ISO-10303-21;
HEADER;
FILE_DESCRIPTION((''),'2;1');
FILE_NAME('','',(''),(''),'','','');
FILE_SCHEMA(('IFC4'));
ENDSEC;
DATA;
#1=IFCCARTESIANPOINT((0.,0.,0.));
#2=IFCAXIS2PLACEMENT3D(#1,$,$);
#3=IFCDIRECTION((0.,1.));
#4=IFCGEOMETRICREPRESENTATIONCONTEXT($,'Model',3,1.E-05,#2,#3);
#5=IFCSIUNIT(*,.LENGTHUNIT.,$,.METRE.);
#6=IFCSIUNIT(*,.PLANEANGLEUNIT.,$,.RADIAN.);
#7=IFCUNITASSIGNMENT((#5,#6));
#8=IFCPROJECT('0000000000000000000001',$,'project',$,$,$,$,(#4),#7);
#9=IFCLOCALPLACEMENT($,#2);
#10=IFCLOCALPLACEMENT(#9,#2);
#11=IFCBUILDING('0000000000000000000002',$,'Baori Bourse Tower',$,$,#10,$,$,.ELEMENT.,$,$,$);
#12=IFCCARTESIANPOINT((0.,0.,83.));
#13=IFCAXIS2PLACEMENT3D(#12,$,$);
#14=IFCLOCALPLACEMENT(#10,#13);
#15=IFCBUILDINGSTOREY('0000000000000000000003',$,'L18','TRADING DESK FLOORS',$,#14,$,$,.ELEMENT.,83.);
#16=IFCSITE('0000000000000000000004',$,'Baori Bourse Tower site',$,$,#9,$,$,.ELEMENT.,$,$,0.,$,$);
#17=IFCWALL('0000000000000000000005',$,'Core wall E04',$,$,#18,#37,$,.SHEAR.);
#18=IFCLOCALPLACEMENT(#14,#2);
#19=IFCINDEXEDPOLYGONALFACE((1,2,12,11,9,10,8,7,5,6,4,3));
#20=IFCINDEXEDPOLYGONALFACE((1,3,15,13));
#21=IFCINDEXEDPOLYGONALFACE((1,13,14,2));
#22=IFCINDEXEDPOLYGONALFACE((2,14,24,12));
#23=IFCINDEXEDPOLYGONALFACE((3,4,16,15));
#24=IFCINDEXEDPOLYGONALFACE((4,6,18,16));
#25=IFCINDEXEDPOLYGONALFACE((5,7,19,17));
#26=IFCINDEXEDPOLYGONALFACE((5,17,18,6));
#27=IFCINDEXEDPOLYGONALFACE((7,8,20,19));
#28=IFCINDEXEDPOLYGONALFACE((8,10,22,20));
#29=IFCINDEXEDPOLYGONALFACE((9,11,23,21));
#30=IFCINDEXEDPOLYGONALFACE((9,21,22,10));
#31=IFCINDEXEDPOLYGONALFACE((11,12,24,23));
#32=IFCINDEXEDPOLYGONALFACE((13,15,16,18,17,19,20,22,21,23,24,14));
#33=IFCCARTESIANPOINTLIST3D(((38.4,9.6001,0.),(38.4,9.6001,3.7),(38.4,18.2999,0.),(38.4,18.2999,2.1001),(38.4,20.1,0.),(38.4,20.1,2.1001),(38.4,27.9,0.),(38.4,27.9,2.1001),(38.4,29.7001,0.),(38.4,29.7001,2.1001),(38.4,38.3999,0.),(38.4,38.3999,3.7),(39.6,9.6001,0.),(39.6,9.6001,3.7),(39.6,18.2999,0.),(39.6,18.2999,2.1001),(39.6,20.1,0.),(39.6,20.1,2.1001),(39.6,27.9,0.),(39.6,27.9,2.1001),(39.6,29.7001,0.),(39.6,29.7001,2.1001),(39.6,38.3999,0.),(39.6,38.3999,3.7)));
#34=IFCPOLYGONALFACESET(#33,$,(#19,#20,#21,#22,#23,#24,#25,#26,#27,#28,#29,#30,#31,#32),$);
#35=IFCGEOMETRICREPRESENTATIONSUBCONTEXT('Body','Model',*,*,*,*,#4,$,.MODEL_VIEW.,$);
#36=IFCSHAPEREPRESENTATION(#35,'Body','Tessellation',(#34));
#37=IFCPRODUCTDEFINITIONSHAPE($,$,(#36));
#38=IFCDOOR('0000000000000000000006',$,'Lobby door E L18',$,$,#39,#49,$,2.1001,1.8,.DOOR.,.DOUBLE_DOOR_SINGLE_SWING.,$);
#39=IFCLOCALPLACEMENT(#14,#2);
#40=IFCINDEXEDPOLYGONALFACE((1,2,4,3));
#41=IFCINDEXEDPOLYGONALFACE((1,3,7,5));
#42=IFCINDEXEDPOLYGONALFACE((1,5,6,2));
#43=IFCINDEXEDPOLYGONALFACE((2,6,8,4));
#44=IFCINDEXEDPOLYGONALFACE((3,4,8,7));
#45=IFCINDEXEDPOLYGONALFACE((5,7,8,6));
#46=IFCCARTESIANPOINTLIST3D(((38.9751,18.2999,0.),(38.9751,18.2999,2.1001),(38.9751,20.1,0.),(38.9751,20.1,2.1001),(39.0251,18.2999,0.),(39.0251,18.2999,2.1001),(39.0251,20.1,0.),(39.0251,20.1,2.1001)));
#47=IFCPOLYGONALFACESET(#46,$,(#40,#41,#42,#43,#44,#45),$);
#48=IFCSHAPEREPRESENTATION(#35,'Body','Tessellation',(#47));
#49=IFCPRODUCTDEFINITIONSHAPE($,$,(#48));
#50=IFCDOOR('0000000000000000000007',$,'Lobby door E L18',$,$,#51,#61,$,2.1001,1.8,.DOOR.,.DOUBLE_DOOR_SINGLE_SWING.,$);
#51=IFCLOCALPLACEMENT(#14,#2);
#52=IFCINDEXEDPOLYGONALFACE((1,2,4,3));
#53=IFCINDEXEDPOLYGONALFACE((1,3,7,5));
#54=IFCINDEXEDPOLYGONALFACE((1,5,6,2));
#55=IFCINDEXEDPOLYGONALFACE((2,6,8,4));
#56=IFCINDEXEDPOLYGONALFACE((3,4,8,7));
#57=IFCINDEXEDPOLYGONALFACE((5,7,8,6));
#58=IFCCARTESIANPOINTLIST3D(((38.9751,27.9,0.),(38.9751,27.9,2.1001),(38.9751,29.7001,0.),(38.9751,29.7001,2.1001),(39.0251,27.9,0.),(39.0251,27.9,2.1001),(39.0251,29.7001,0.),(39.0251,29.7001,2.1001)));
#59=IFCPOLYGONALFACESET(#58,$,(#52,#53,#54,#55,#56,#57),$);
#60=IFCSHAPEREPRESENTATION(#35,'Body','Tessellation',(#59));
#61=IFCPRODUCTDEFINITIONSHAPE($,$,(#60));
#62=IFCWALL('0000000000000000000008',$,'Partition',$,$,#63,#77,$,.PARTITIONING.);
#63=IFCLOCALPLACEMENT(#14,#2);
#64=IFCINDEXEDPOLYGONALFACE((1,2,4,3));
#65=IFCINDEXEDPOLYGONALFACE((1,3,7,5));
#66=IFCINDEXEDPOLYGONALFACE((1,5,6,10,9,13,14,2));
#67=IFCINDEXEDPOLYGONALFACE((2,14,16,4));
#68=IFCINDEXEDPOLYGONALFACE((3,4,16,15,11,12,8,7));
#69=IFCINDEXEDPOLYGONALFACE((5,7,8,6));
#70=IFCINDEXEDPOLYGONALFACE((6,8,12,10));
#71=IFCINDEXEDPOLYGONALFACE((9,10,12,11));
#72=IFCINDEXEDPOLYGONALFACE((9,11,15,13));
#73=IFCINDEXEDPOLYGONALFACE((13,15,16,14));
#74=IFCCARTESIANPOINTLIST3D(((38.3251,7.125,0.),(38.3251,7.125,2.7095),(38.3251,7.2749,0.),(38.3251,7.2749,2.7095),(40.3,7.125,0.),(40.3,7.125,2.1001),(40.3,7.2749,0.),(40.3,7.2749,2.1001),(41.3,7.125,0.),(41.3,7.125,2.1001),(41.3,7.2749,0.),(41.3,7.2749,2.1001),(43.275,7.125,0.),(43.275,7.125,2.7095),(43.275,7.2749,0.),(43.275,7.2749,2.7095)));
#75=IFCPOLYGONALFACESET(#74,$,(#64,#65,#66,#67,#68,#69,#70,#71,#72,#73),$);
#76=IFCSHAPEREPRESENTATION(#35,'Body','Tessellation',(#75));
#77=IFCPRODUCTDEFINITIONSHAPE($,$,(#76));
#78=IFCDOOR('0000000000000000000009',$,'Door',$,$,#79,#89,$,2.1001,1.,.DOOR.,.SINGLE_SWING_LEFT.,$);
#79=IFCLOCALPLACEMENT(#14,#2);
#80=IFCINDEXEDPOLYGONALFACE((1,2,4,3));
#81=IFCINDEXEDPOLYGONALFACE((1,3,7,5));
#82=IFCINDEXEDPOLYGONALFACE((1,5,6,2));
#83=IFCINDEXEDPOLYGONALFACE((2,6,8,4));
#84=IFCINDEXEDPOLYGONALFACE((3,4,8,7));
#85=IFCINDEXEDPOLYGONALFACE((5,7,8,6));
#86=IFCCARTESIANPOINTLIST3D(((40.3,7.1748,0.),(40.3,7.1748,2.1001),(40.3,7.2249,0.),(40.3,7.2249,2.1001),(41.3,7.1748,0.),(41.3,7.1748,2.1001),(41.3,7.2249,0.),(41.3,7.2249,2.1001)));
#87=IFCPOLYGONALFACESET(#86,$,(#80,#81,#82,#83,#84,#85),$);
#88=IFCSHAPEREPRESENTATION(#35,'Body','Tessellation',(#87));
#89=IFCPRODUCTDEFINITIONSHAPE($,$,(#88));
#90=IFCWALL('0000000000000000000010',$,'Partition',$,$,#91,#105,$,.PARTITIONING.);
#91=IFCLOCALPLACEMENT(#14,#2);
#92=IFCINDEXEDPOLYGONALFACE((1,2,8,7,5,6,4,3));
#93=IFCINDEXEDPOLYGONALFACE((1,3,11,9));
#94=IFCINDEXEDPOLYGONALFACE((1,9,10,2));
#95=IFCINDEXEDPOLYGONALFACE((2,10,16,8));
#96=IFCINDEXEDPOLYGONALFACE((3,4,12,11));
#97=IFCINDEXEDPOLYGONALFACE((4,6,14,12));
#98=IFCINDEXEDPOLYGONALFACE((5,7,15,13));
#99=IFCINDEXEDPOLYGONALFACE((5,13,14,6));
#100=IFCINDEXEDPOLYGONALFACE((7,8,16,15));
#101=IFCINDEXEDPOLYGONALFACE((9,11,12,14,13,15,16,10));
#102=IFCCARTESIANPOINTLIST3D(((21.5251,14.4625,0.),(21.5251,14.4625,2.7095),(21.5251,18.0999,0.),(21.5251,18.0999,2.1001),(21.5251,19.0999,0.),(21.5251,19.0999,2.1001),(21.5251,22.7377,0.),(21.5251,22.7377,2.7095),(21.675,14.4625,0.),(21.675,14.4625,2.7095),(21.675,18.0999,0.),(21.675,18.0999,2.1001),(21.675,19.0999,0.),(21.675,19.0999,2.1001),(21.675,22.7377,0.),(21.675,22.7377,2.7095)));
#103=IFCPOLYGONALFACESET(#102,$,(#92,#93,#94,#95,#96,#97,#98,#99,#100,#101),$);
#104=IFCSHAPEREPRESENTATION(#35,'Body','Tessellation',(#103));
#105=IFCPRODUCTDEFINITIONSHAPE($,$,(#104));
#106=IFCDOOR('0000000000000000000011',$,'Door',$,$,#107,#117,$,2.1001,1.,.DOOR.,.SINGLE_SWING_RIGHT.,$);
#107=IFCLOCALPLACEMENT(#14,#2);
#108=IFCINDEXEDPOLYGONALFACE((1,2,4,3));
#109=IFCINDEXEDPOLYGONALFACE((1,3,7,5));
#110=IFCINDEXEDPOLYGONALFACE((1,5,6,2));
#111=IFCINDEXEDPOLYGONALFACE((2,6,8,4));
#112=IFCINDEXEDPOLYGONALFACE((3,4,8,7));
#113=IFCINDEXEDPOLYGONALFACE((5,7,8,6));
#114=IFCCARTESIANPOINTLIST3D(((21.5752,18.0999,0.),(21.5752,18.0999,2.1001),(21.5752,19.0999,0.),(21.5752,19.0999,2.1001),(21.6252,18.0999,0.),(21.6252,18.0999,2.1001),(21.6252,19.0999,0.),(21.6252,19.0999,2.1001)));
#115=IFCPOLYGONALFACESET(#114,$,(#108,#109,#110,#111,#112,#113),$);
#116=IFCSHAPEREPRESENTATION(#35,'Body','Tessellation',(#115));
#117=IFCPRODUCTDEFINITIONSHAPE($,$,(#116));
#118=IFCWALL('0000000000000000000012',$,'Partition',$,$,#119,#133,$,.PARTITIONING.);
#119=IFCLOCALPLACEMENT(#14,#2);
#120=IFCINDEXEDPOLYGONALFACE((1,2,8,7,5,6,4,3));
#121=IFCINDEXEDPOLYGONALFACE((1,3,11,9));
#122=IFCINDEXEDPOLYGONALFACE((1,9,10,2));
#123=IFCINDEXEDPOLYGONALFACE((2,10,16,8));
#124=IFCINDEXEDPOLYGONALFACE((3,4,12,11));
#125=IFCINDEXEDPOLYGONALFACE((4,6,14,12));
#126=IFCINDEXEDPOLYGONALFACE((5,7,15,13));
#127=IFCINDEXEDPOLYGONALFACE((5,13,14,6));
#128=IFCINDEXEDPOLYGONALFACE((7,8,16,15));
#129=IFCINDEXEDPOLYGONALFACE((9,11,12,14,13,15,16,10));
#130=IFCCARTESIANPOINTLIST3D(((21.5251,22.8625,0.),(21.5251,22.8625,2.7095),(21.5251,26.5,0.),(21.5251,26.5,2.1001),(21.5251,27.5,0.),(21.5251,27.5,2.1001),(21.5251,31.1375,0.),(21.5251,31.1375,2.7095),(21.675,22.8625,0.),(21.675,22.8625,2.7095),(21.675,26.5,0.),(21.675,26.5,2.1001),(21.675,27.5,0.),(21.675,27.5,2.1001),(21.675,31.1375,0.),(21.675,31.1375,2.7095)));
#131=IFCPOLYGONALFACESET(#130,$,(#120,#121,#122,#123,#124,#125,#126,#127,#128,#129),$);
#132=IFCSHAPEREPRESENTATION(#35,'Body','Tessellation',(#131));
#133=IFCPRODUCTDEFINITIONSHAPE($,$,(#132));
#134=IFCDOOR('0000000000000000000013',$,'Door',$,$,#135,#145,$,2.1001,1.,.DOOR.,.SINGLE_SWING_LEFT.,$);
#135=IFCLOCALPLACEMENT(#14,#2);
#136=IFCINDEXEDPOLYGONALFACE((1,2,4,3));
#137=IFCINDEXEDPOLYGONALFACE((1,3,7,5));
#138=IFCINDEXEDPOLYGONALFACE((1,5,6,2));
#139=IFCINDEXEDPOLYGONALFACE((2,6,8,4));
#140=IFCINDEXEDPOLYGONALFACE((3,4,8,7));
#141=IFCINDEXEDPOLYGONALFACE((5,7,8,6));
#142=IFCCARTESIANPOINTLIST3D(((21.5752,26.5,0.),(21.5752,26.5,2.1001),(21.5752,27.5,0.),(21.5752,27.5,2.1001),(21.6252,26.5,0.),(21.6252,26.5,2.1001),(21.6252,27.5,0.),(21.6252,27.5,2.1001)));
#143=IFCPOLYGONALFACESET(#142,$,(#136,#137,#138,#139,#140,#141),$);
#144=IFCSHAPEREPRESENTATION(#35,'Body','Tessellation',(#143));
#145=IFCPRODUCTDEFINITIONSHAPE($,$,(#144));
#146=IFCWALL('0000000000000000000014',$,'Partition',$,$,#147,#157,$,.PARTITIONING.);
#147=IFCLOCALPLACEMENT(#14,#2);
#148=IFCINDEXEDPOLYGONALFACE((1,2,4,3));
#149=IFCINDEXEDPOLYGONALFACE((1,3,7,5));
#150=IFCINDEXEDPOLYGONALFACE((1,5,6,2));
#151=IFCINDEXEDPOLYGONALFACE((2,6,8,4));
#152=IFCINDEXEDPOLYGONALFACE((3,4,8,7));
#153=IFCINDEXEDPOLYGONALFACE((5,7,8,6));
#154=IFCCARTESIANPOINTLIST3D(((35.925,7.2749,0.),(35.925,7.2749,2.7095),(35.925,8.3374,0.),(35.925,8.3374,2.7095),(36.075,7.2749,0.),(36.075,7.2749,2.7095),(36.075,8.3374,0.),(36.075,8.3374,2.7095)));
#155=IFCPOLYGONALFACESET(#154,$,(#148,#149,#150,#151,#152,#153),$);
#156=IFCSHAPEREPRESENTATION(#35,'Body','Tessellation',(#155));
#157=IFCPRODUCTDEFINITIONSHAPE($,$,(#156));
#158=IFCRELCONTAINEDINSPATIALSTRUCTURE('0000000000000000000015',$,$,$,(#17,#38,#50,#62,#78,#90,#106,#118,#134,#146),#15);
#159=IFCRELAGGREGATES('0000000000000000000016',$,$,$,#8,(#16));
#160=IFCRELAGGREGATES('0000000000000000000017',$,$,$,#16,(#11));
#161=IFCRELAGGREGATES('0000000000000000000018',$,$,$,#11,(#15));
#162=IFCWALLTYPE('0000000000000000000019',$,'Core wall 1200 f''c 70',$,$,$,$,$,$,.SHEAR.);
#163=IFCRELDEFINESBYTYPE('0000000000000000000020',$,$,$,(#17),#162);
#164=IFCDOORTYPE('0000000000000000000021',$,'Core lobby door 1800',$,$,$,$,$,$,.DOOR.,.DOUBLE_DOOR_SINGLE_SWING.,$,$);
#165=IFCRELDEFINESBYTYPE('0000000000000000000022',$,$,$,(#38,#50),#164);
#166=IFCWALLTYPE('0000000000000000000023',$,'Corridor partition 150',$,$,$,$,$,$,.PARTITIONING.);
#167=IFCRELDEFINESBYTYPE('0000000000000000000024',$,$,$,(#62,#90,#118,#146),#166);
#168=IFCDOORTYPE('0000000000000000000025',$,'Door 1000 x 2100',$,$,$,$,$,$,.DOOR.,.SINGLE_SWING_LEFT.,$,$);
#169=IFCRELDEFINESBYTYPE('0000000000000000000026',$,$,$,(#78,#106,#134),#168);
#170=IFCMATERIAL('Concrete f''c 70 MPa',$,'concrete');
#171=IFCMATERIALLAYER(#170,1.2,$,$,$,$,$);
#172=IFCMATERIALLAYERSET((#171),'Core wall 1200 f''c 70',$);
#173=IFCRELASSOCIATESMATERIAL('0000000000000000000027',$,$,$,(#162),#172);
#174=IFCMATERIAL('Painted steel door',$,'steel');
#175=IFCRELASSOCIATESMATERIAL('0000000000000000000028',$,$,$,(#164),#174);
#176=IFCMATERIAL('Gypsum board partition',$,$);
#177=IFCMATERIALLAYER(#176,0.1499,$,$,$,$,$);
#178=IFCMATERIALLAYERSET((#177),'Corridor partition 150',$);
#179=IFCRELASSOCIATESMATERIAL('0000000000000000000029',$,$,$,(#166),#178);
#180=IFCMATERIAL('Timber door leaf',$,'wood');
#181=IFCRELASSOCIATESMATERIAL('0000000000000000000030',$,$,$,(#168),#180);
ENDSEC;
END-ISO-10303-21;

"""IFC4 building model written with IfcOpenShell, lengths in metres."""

from ifc_helpers import new_model, si_unit, direction, frame, frame_2d, origin, place, context, subcontext, project, spatial, rectangle, extrude, material, layer, layer_set, type_object, element, fill, save


model = new_model("IFC4")

# Units and contexts
model_context = context("Model", 3, precision=1e-05, world=origin(), true_north=direction((0.0, 1.0)))
body_context = subcontext(model_context, "Body", "Model", "MODEL_VIEW")
ifc_project = project(units=[si_unit("LENGTHUNIT", "METRE"), si_unit("PLANEANGLEUNIT", "RADIAN")], contexts=[model_context])

# Site, building, storey
site_placement = place(None, origin())
site = spatial("IfcSite", under=ifc_project, at=site_placement, Name="Baori Bourse Tower site", CompositionType="ELEMENT", RefElevation=0.0)
building_placement = place(site_placement, origin())
building = spatial("IfcBuilding", under=site, at=building_placement, Name="Baori Bourse Tower", CompositionType="ELEMENT")
storey_placement = place(building_placement, frame((0.0, 0.0, 83.0)))
storey = spatial("IfcBuildingStorey", under=building, at=storey_placement, Name="L18", Description="TRADING DESK FLOORS", CompositionType="ELEMENT", Elevation=83.0)

# Wall, openings, doors
ifc_material_1 = material(Name="Concrete f'c 70 MPa", Category="concrete")
ifc_layer_1 = layer(ifc_material_1, 1.2)
ifc_layer_set_1 = layer_set([ifc_layer_1], Name="Core wall 1200 f'c 70")
wall_type_1 = type_object("IfcWallType", Name="Core wall 1200 f'c 70", PredefinedType="SHEAR", material=ifc_layer_set_1)
wall_1_placement = place(storey_placement, frame((39.0, 9.6001, 0.0), z_axis=(0.0, 0.0, 1.0), x_axis=(0.0, 1.0, 0.0)))
wall_1 = element("IfcWall", 1, at=wall_1_placement, inside=storey, type_object=wall_type_1, Name="Core wall E04", PredefinedType="SHEAR", context=body_context, shape_type="SweptSolid", body=[
    extrude(rectangle(XDim=28.7998, YDim=1.2, at=frame_2d((14.3999, 0.0))), origin(), (0.0, 0.0, 1.0), 3.7),
])
opening_1_placement = place(wall_1_placement, frame((8.7, 0.0, 0.0)))
opening_1 = element("IfcOpeningElement", 2, at=opening_1_placement, cuts=wall_1, PredefinedType="OPENING", context=body_context, shape_type="SweptSolid", body=[
    extrude(rectangle(XDim=1.8, YDim=2.1001, at=frame_2d((0.8999, 1.05))), frame((0.0, 0.6099, 0.0), z_axis=(0.0, -1.0, 0.0), x_axis=(1.0, 0.0, 0.0)), (0.0, 0.0, 1.0), 1.22),
])
opening_2_placement = place(wall_1_placement, frame((18.3, 0.0, 0.0)))
opening_2 = element("IfcOpeningElement", 3, at=opening_2_placement, cuts=wall_1, PredefinedType="OPENING", context=body_context, shape_type="SweptSolid", body=[
    extrude(rectangle(XDim=1.8, YDim=2.1001, at=frame_2d((0.8999, 1.05))), frame((0.0, 0.6099, 0.0), z_axis=(0.0, -1.0, 0.0), x_axis=(1.0, 0.0, 0.0)), (0.0, 0.0, 1.0), 1.22),
])
ifc_material_2 = material(Name="Painted steel door", Category="steel")
door_type_1 = type_object("IfcDoorType", Name="Core lobby door 1800", OperationType="DOUBLE_DOOR_SINGLE_SWING", PredefinedType="DOOR", material=ifc_material_2)
door_1_placement = place(opening_1_placement, origin())
door_1 = element("IfcDoor", 4, at=door_1_placement, inside=storey, type_object=door_type_1, Name="Lobby door E L18", OperationType="DOUBLE_DOOR_SINGLE_SWING", OverallHeight=2.1001, OverallWidth=1.8, PredefinedType="DOOR", context=body_context, shape_type="SweptSolid", body=[
    extrude(rectangle(XDim=1.8, YDim=2.1001, at=frame_2d((0.8999, 1.05))), frame((0.0, 0.0249, 0.0), z_axis=(0.0, -1.0, 0.0), x_axis=(1.0, 0.0, 0.0)), (0.0, 0.0, 1.0), 0.05),
])
fill(opening_1, door_1)
door_2_placement = place(opening_2_placement, origin())
door_2 = element("IfcDoor", 5, at=door_2_placement, inside=storey, type_object=door_type_1, Name="Lobby door E L18", OperationType="DOUBLE_DOOR_SINGLE_SWING", OverallHeight=2.1001, OverallWidth=1.8, PredefinedType="DOOR", context=body_context, shape_type="SweptSolid", body=[
    extrude(rectangle(XDim=1.8, YDim=2.1001, at=frame_2d((0.8999, 1.05))), frame((0.0, 0.0249, 0.0), z_axis=(0.0, -1.0, 0.0), x_axis=(1.0, 0.0, 0.0)), (0.0, 0.0, 1.0), 0.05),
])
fill(opening_2, door_2)

# Walls, openings, doors
ifc_material_3 = material(Name="Gypsum board partition")
ifc_layer_2 = layer(ifc_material_3, 0.1499)
ifc_layer_set_2 = layer_set([ifc_layer_2], Name="Corridor partition 150")
wall_type_2 = type_object("IfcWallType", Name="Corridor partition 150", PredefinedType="PARTITIONING", material=ifc_layer_set_2)
wall_2_placement = place(storey_placement, frame((38.325, 7.2, 0.0), z_axis=(0.0, 0.0, 1.0), x_axis=(1.0, 0.0, 0.0)))
wall_2 = element("IfcWall", 6, at=wall_2_placement, inside=storey, type_object=wall_type_2, Name="Partition", PredefinedType="PARTITIONING", context=body_context, shape_type="SweptSolid", body=[
    extrude(rectangle(XDim=4.95, YDim=0.1499, at=frame_2d((2.4751, 0.0))), origin(), (0.0, 0.0, 1.0), 2.7095),
])
opening_3_placement = place(wall_2_placement, frame((1.9751, 0.0, 0.0)))
opening_3 = element("IfcOpeningElement", 7, at=opening_3_placement, cuts=wall_2, PredefinedType="OPENING", context=body_context, shape_type="SweptSolid", body=[
    extrude(rectangle(XDim=1.0, YDim=2.1001, at=frame_2d((0.5, 1.05))), frame((0.0, 0.085, 0.0), z_axis=(0.0, -1.0, 0.0), x_axis=(1.0, 0.0, 0.0)), (0.0, 0.0, 1.0), 0.1699),
])
ifc_material_4 = material(Name="Timber door leaf", Category="wood")
door_type_2 = type_object("IfcDoorType", Name="Door 1000 x 2100", OperationType="SINGLE_SWING_LEFT", PredefinedType="DOOR", material=ifc_material_4)
door_3_placement = place(opening_3_placement, origin())
door_3 = element("IfcDoor", 8, at=door_3_placement, inside=storey, type_object=door_type_2, Name="Door", OperationType="SINGLE_SWING_LEFT", OverallHeight=2.1001, OverallWidth=1.0, PredefinedType="DOOR", context=body_context, shape_type="SweptSolid", body=[
    extrude(rectangle(XDim=1.0, YDim=2.1001, at=frame_2d((0.5, 1.05))), frame((0.0, 0.0249, 0.0), z_axis=(0.0, -1.0, 0.0), x_axis=(1.0, 0.0, 0.0)), (0.0, 0.0, 1.0), 0.05),
])
fill(opening_3, door_3)
wall_3_placement = place(storey_placement, frame((21.6001, 14.4624, 0.0), z_axis=(0.0, 0.0, 1.0), x_axis=(0.0, 1.0, 0.0)))
wall_3 = element("IfcWall", 9, at=wall_3_placement, inside=storey, type_object=wall_type_2, Name="Partition", PredefinedType="PARTITIONING", context=body_context, shape_type="SweptSolid", body=[
    extrude(rectangle(XDim=8.2751, YDim=0.1499, at=frame_2d((4.1377, 0.0))), origin(), (0.0, 0.0, 1.0), 2.7095),
])
opening_4_placement = place(wall_3_placement, frame((3.6375, 0.0, 0.0)))
opening_4 = element("IfcOpeningElement", 10, at=opening_4_placement, cuts=wall_3, PredefinedType="OPENING", context=body_context, shape_type="SweptSolid", body=[
    extrude(rectangle(XDim=1.0, YDim=2.1001, at=frame_2d((0.5, 1.05))), frame((0.0, 0.085, 0.0), z_axis=(0.0, -1.0, 0.0), x_axis=(1.0, 0.0, 0.0)), (0.0, 0.0, 1.0), 0.1699),
])
door_4_placement = place(opening_4_placement, origin())
door_4 = element("IfcDoor", 11, at=door_4_placement, inside=storey, type_object=door_type_2, Name="Door", OperationType="SINGLE_SWING_RIGHT", OverallHeight=2.1001, OverallWidth=1.0, PredefinedType="DOOR", context=body_context, shape_type="SweptSolid", body=[
    extrude(rectangle(XDim=1.0, YDim=2.1001, at=frame_2d((0.5, 1.05))), frame((0.0, 0.0249, 0.0), z_axis=(0.0, -1.0, 0.0), x_axis=(1.0, 0.0, 0.0)), (0.0, 0.0, 1.0), 0.05),
])
fill(opening_4, door_4)
wall_4_placement = place(storey_placement, frame((21.6001, 22.8625, 0.0), z_axis=(0.0, 0.0, 1.0), x_axis=(0.0, 1.0, 0.0)))
wall_4 = element("IfcWall", 12, at=wall_4_placement, inside=storey, type_object=wall_type_2, Name="Partition", PredefinedType="PARTITIONING", context=body_context, shape_type="SweptSolid", body=[
    extrude(rectangle(XDim=8.2749, YDim=0.1499, at=frame_2d((4.1375, 0.0))), origin(), (0.0, 0.0, 1.0), 2.7095),
])
opening_5_placement = place(wall_4_placement, frame((3.6375, 0.0, 0.0)))
opening_5 = element("IfcOpeningElement", 13, at=opening_5_placement, cuts=wall_4, PredefinedType="OPENING", context=body_context, shape_type="SweptSolid", body=[
    extrude(rectangle(XDim=1.0, YDim=2.1001, at=frame_2d((0.5, 1.05))), frame((0.0, 0.085, 0.0), z_axis=(0.0, -1.0, 0.0), x_axis=(1.0, 0.0, 0.0)), (0.0, 0.0, 1.0), 0.1699),
])
door_5_placement = place(opening_5_placement, origin())
door_5 = element("IfcDoor", 14, at=door_5_placement, inside=storey, type_object=door_type_2, Name="Door", OperationType="SINGLE_SWING_LEFT", OverallHeight=2.1001, OverallWidth=1.0, PredefinedType="DOOR", context=body_context, shape_type="SweptSolid", body=[
    extrude(rectangle(XDim=1.0, YDim=2.1001, at=frame_2d((0.5, 1.05))), frame((0.0, 0.0249, 0.0), z_axis=(0.0, -1.0, 0.0), x_axis=(1.0, 0.0, 0.0)), (0.0, 0.0, 1.0), 0.05),
])
fill(opening_5, door_5)

# Wall
wall_5_placement = place(storey_placement, frame((36.0, 7.2749, 0.0), z_axis=(0.0, 0.0, 1.0), x_axis=(0.0, 1.0, 0.0)))
element("IfcWall", 15, at=wall_5_placement, inside=storey, type_object=wall_type_2, Name="Partition", PredefinedType="PARTITIONING", context=body_context, shape_type="SweptSolid", body=[
    extrude(rectangle(XDim=1.0625, YDim=0.1499, at=frame_2d((0.5312, 0.0))), origin(), (0.0, 0.0, 1.0), 2.7095),
])

save(model, "model.ifc")
